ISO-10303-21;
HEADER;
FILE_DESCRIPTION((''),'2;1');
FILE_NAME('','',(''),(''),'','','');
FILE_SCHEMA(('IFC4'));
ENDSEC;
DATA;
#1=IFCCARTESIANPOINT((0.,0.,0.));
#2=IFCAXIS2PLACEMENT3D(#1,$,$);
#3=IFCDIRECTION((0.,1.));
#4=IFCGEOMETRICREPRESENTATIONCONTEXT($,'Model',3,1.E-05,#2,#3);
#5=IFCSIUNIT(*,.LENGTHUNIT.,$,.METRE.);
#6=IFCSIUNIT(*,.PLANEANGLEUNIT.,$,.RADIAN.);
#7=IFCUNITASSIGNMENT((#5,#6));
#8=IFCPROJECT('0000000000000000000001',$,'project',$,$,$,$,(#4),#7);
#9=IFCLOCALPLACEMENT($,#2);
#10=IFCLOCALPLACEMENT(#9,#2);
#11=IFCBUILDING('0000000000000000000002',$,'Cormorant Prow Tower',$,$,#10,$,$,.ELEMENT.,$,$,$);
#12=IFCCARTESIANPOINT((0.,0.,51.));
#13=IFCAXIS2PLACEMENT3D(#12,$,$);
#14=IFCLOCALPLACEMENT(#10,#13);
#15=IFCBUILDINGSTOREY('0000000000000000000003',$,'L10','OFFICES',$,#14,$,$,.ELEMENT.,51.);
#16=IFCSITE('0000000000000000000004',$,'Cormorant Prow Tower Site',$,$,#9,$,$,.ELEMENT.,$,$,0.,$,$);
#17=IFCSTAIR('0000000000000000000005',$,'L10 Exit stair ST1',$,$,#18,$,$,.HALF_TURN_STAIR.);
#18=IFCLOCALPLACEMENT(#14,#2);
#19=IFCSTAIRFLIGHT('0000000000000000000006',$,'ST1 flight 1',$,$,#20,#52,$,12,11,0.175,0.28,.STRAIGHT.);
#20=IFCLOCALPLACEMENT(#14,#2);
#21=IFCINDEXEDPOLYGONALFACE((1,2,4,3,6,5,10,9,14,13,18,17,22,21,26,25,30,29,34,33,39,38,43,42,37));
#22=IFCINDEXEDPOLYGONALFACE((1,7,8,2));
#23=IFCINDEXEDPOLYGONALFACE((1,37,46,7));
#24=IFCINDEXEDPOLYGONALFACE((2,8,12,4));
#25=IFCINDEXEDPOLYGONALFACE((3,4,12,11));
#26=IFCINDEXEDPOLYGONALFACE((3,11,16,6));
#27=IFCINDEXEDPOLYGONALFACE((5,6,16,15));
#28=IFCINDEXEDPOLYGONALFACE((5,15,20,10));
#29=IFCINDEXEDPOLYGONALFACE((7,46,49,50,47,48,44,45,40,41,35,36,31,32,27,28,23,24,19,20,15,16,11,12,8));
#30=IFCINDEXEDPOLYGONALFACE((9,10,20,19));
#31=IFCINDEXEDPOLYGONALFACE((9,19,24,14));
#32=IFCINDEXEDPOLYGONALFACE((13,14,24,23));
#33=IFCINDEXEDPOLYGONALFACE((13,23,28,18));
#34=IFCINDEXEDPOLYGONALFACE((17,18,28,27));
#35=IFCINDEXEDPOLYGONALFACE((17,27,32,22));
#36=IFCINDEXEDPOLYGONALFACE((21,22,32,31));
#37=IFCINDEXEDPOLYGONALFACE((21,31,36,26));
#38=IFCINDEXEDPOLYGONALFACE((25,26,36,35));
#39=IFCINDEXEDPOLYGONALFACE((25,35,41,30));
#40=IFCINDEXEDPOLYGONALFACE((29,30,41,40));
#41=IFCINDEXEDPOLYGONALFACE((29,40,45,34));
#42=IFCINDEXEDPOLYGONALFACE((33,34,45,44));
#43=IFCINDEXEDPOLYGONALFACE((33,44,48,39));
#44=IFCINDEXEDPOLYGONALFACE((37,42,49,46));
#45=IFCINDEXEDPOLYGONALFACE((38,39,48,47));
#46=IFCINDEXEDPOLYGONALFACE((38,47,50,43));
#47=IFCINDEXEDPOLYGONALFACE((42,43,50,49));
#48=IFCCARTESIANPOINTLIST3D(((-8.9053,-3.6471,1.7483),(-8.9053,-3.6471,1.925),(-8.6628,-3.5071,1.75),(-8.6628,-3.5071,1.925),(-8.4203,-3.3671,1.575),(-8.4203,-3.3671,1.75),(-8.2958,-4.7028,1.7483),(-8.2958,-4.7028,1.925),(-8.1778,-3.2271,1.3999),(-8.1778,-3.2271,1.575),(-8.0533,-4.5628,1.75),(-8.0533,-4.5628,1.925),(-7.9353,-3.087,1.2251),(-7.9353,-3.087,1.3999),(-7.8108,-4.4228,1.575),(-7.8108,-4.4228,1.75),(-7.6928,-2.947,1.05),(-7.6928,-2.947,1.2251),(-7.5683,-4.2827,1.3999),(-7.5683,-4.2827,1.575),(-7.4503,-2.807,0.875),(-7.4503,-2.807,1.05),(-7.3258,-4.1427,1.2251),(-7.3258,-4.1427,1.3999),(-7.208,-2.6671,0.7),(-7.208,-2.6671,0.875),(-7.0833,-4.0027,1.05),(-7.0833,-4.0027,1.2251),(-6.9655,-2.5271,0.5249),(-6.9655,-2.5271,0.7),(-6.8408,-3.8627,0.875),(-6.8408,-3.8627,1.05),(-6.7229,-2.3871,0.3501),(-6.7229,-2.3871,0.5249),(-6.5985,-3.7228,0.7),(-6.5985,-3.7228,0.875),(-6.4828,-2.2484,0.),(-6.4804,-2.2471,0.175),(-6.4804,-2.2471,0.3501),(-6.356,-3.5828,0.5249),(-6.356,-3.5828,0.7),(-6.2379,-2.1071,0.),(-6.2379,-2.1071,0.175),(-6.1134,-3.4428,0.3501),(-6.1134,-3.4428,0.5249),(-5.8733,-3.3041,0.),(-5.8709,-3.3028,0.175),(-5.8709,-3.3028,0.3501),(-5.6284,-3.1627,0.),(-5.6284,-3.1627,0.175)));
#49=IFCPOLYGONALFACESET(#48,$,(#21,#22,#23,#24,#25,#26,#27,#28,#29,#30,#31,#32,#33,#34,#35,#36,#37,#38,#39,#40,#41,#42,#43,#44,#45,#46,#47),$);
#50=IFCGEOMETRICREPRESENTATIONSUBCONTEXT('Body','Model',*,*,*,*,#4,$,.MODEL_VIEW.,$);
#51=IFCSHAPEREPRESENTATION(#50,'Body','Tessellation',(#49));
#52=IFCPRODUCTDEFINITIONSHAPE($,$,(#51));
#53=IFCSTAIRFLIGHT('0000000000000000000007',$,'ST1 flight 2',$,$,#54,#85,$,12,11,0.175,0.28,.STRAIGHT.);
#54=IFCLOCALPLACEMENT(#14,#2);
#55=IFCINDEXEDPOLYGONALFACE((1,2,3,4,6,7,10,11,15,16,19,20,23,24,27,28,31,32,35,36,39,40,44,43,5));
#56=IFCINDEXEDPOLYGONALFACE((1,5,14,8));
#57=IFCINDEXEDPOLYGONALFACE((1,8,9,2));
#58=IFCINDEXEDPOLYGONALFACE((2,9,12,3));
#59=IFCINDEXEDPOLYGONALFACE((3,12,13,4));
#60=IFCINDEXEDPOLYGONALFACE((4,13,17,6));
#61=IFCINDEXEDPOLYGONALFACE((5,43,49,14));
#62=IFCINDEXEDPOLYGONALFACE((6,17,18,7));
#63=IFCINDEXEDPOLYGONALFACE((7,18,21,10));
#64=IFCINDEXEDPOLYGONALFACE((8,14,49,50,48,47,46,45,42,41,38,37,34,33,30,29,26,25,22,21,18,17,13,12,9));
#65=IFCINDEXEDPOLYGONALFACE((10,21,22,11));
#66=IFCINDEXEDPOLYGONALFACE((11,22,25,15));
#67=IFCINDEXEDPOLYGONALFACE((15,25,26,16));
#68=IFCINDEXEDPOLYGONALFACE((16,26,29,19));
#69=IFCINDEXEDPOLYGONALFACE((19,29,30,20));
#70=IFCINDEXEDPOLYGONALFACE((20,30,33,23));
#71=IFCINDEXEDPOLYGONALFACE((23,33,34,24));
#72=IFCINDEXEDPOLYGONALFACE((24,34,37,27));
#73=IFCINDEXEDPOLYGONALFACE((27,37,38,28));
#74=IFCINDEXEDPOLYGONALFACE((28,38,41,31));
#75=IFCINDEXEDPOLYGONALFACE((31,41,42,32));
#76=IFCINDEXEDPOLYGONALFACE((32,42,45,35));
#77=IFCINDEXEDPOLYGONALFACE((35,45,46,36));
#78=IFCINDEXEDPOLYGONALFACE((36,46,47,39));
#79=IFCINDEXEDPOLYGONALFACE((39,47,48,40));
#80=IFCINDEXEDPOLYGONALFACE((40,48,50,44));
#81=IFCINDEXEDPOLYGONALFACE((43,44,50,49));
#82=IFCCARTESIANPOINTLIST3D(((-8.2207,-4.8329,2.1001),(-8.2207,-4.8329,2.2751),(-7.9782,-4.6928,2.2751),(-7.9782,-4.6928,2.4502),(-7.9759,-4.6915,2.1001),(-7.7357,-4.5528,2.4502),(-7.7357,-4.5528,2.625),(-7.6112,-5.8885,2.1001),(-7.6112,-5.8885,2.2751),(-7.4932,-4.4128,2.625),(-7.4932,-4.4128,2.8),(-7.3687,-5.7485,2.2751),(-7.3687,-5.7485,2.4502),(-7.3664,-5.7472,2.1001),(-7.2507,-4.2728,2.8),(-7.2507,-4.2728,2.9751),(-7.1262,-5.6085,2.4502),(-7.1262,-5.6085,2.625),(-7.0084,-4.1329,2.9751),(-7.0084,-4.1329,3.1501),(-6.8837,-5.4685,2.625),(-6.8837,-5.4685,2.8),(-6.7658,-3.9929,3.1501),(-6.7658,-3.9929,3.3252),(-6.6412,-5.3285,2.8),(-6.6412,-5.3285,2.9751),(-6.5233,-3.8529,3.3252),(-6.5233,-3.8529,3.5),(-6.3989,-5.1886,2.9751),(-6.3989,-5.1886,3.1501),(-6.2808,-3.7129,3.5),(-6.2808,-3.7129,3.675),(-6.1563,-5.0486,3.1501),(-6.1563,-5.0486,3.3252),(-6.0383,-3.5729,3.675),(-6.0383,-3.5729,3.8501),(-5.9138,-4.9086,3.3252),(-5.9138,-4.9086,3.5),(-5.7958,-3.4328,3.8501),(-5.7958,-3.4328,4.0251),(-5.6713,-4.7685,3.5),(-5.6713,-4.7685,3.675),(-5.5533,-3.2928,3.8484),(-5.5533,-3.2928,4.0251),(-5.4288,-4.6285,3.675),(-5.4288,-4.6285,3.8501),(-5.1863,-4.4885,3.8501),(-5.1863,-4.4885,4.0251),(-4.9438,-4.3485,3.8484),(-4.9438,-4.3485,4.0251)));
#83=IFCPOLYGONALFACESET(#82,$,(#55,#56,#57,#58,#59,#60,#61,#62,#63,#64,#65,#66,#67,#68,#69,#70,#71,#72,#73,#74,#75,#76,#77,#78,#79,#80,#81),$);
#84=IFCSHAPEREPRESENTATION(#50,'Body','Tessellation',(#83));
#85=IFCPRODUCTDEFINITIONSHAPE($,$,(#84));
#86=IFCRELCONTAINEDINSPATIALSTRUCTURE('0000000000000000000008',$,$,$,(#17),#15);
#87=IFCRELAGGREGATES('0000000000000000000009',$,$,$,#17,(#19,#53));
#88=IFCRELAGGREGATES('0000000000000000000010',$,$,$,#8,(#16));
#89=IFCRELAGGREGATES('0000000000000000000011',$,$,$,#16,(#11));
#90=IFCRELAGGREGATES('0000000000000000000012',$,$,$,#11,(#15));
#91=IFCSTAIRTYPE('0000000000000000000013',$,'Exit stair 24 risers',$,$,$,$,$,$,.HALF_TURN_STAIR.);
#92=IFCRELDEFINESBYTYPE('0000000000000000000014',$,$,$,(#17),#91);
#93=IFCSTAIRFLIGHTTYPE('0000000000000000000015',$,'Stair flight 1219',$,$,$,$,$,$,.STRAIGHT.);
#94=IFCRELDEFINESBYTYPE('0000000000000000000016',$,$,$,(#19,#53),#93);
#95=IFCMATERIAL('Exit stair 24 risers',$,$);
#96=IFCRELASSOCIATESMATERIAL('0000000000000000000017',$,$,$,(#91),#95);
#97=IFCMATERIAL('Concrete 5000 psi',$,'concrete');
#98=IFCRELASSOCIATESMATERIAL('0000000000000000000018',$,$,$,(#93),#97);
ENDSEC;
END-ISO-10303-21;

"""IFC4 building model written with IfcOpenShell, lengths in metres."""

from ifc_helpers import new_model, si_unit, direction, frame, origin, place, context, subcontext, project, spatial, polyline, outline, extrude, material, type_object, element, aggregate, save


model = new_model("IFC4")

# Units and contexts
model_context = context("Model", 3, precision=1e-05, world=origin(), true_north=direction((0.0, 1.0)))
body_context = subcontext(model_context, "Body", "Model", "MODEL_VIEW")
ifc_project = project(units=[si_unit("LENGTHUNIT", "METRE"), si_unit("PLANEANGLEUNIT", "RADIAN")], contexts=[model_context])

# Site, building, storey
site_placement = place(None, origin())
site = spatial("IfcSite", under=ifc_project, at=site_placement, Name="Cormorant Prow Tower Site", CompositionType="ELEMENT", RefElevation=0.0)
building_placement = place(site_placement, origin())
building = spatial("IfcBuilding", under=site, at=building_placement, Name="Cormorant Prow Tower", CompositionType="ELEMENT")
storey_placement = place(building_placement, frame((0.0, 0.0, 51.0)))
storey = spatial("IfcBuildingStorey", under=building, at=storey_placement, Name="L10", Description="OFFICES", CompositionType="ELEMENT", Elevation=51.0)

# Stair, stair flights
ifc_material_1 = material(Name="Exit stair 24 risers")
stair_type = type_object("IfcStairType", Name="Exit stair 24 risers", PredefinedType="HALF_TURN_STAIR", material=ifc_material_1)
stair_placement = place(storey_placement, origin())
stair = element("IfcStair", 1, at=stair_placement, inside=storey, type_object=stair_type, Name="L10 Exit stair ST1", PredefinedType="HALF_TURN_STAIR")
ifc_material_2 = material(Name="Concrete 5000 psi", Category="concrete")
stair_flight_type = type_object("IfcStairFlightType", Name="Stair flight 1219", PredefinedType="STRAIGHT", material=ifc_material_2)
stair_flight_1_placement = place(storey_placement, frame((-5.9331, -2.635, 0.0), z_axis=(0.0, 0.0, 1.0), x_axis=(-0.866025, -0.5, 0.0)))
stair_flight_1 = element("IfcStairFlight", 2, at=stair_flight_1_placement, type_object=stair_flight_type, Name="ST1 flight 1", NumberOfRisers=12, NumberOfTreads=11, PredefinedType="STRAIGHT", RiserHeight=0.175, TreadLength=0.28, context=body_context, shape_type="SweptSolid", body=[
    extrude(outline(polyline([(0.0, 0.0), (0.0, 0.175), (0.28, 0.175), (0.28, 0.3501), (0.5601, 0.3501), (0.5601, 0.5249), (0.8401, 0.5249), (0.8401, 0.7), (1.1201, 0.7), (1.1201, 0.875), (1.3999, 0.875), (1.3999, 1.05), (1.6799, 1.05), (1.6799, 1.2251), (1.96, 1.2251), (1.96, 1.3999), (2.24, 1.3999), (2.24, 1.575), (2.52, 1.575), (2.52, 1.75), (2.8, 1.75), (2.8, 1.925), (3.0801, 1.925), (3.0801, 2.1001), (3.0801, 1.7483), (0.2827, 0.0), (0.0, 0.0)])), frame((0.0, 0.6094, 0.0), z_axis=(0.0, -1.0, 0.0), x_axis=(1.0, 0.0, 0.0)), (0.0, 0.0, 1.0), 1.219),
])
stair_flight_2_placement = place(storey_placement, frame((-7.916, -5.3606, 2.1001), z_axis=(0.0, 0.0, 1.0), x_axis=(0.866025, 0.5, 0.0)))
stair_flight_2 = element("IfcStairFlight", 3, at=stair_flight_2_placement, type_object=stair_flight_type, Name="ST1 flight 2", NumberOfRisers=12, NumberOfTreads=11, PredefinedType="STRAIGHT", RiserHeight=0.175, TreadLength=0.28, context=body_context, shape_type="SweptSolid", body=[
    extrude(outline(polyline([(0.0, 0.0), (0.0, 0.175), (0.28, 0.175), (0.28, 0.3501), (0.5601, 0.3501), (0.5601, 0.5249), (0.8401, 0.5249), (0.8401, 0.7), (1.1201, 0.7), (1.1201, 0.875), (1.3999, 0.875), (1.3999, 1.05), (1.6799, 1.05), (1.6799, 1.2251), (1.96, 1.2251), (1.96, 1.3999), (2.24, 1.3999), (2.24, 1.575), (2.52, 1.575), (2.52, 1.75), (2.8, 1.75), (2.8, 1.925), (3.0801, 1.925), (3.0801, 2.1001), (3.0801, 1.7483), (0.2827, 0.0), (0.0, 0.0)])), frame((0.0, 0.6094, 0.0), z_axis=(0.0, -1.0, 0.0), x_axis=(1.0, 0.0, 0.0)), (0.0, 0.0, 1.0), 1.219),
])
aggregate(stair, [stair_flight_1, stair_flight_2])

save(model, "model.ifc")
